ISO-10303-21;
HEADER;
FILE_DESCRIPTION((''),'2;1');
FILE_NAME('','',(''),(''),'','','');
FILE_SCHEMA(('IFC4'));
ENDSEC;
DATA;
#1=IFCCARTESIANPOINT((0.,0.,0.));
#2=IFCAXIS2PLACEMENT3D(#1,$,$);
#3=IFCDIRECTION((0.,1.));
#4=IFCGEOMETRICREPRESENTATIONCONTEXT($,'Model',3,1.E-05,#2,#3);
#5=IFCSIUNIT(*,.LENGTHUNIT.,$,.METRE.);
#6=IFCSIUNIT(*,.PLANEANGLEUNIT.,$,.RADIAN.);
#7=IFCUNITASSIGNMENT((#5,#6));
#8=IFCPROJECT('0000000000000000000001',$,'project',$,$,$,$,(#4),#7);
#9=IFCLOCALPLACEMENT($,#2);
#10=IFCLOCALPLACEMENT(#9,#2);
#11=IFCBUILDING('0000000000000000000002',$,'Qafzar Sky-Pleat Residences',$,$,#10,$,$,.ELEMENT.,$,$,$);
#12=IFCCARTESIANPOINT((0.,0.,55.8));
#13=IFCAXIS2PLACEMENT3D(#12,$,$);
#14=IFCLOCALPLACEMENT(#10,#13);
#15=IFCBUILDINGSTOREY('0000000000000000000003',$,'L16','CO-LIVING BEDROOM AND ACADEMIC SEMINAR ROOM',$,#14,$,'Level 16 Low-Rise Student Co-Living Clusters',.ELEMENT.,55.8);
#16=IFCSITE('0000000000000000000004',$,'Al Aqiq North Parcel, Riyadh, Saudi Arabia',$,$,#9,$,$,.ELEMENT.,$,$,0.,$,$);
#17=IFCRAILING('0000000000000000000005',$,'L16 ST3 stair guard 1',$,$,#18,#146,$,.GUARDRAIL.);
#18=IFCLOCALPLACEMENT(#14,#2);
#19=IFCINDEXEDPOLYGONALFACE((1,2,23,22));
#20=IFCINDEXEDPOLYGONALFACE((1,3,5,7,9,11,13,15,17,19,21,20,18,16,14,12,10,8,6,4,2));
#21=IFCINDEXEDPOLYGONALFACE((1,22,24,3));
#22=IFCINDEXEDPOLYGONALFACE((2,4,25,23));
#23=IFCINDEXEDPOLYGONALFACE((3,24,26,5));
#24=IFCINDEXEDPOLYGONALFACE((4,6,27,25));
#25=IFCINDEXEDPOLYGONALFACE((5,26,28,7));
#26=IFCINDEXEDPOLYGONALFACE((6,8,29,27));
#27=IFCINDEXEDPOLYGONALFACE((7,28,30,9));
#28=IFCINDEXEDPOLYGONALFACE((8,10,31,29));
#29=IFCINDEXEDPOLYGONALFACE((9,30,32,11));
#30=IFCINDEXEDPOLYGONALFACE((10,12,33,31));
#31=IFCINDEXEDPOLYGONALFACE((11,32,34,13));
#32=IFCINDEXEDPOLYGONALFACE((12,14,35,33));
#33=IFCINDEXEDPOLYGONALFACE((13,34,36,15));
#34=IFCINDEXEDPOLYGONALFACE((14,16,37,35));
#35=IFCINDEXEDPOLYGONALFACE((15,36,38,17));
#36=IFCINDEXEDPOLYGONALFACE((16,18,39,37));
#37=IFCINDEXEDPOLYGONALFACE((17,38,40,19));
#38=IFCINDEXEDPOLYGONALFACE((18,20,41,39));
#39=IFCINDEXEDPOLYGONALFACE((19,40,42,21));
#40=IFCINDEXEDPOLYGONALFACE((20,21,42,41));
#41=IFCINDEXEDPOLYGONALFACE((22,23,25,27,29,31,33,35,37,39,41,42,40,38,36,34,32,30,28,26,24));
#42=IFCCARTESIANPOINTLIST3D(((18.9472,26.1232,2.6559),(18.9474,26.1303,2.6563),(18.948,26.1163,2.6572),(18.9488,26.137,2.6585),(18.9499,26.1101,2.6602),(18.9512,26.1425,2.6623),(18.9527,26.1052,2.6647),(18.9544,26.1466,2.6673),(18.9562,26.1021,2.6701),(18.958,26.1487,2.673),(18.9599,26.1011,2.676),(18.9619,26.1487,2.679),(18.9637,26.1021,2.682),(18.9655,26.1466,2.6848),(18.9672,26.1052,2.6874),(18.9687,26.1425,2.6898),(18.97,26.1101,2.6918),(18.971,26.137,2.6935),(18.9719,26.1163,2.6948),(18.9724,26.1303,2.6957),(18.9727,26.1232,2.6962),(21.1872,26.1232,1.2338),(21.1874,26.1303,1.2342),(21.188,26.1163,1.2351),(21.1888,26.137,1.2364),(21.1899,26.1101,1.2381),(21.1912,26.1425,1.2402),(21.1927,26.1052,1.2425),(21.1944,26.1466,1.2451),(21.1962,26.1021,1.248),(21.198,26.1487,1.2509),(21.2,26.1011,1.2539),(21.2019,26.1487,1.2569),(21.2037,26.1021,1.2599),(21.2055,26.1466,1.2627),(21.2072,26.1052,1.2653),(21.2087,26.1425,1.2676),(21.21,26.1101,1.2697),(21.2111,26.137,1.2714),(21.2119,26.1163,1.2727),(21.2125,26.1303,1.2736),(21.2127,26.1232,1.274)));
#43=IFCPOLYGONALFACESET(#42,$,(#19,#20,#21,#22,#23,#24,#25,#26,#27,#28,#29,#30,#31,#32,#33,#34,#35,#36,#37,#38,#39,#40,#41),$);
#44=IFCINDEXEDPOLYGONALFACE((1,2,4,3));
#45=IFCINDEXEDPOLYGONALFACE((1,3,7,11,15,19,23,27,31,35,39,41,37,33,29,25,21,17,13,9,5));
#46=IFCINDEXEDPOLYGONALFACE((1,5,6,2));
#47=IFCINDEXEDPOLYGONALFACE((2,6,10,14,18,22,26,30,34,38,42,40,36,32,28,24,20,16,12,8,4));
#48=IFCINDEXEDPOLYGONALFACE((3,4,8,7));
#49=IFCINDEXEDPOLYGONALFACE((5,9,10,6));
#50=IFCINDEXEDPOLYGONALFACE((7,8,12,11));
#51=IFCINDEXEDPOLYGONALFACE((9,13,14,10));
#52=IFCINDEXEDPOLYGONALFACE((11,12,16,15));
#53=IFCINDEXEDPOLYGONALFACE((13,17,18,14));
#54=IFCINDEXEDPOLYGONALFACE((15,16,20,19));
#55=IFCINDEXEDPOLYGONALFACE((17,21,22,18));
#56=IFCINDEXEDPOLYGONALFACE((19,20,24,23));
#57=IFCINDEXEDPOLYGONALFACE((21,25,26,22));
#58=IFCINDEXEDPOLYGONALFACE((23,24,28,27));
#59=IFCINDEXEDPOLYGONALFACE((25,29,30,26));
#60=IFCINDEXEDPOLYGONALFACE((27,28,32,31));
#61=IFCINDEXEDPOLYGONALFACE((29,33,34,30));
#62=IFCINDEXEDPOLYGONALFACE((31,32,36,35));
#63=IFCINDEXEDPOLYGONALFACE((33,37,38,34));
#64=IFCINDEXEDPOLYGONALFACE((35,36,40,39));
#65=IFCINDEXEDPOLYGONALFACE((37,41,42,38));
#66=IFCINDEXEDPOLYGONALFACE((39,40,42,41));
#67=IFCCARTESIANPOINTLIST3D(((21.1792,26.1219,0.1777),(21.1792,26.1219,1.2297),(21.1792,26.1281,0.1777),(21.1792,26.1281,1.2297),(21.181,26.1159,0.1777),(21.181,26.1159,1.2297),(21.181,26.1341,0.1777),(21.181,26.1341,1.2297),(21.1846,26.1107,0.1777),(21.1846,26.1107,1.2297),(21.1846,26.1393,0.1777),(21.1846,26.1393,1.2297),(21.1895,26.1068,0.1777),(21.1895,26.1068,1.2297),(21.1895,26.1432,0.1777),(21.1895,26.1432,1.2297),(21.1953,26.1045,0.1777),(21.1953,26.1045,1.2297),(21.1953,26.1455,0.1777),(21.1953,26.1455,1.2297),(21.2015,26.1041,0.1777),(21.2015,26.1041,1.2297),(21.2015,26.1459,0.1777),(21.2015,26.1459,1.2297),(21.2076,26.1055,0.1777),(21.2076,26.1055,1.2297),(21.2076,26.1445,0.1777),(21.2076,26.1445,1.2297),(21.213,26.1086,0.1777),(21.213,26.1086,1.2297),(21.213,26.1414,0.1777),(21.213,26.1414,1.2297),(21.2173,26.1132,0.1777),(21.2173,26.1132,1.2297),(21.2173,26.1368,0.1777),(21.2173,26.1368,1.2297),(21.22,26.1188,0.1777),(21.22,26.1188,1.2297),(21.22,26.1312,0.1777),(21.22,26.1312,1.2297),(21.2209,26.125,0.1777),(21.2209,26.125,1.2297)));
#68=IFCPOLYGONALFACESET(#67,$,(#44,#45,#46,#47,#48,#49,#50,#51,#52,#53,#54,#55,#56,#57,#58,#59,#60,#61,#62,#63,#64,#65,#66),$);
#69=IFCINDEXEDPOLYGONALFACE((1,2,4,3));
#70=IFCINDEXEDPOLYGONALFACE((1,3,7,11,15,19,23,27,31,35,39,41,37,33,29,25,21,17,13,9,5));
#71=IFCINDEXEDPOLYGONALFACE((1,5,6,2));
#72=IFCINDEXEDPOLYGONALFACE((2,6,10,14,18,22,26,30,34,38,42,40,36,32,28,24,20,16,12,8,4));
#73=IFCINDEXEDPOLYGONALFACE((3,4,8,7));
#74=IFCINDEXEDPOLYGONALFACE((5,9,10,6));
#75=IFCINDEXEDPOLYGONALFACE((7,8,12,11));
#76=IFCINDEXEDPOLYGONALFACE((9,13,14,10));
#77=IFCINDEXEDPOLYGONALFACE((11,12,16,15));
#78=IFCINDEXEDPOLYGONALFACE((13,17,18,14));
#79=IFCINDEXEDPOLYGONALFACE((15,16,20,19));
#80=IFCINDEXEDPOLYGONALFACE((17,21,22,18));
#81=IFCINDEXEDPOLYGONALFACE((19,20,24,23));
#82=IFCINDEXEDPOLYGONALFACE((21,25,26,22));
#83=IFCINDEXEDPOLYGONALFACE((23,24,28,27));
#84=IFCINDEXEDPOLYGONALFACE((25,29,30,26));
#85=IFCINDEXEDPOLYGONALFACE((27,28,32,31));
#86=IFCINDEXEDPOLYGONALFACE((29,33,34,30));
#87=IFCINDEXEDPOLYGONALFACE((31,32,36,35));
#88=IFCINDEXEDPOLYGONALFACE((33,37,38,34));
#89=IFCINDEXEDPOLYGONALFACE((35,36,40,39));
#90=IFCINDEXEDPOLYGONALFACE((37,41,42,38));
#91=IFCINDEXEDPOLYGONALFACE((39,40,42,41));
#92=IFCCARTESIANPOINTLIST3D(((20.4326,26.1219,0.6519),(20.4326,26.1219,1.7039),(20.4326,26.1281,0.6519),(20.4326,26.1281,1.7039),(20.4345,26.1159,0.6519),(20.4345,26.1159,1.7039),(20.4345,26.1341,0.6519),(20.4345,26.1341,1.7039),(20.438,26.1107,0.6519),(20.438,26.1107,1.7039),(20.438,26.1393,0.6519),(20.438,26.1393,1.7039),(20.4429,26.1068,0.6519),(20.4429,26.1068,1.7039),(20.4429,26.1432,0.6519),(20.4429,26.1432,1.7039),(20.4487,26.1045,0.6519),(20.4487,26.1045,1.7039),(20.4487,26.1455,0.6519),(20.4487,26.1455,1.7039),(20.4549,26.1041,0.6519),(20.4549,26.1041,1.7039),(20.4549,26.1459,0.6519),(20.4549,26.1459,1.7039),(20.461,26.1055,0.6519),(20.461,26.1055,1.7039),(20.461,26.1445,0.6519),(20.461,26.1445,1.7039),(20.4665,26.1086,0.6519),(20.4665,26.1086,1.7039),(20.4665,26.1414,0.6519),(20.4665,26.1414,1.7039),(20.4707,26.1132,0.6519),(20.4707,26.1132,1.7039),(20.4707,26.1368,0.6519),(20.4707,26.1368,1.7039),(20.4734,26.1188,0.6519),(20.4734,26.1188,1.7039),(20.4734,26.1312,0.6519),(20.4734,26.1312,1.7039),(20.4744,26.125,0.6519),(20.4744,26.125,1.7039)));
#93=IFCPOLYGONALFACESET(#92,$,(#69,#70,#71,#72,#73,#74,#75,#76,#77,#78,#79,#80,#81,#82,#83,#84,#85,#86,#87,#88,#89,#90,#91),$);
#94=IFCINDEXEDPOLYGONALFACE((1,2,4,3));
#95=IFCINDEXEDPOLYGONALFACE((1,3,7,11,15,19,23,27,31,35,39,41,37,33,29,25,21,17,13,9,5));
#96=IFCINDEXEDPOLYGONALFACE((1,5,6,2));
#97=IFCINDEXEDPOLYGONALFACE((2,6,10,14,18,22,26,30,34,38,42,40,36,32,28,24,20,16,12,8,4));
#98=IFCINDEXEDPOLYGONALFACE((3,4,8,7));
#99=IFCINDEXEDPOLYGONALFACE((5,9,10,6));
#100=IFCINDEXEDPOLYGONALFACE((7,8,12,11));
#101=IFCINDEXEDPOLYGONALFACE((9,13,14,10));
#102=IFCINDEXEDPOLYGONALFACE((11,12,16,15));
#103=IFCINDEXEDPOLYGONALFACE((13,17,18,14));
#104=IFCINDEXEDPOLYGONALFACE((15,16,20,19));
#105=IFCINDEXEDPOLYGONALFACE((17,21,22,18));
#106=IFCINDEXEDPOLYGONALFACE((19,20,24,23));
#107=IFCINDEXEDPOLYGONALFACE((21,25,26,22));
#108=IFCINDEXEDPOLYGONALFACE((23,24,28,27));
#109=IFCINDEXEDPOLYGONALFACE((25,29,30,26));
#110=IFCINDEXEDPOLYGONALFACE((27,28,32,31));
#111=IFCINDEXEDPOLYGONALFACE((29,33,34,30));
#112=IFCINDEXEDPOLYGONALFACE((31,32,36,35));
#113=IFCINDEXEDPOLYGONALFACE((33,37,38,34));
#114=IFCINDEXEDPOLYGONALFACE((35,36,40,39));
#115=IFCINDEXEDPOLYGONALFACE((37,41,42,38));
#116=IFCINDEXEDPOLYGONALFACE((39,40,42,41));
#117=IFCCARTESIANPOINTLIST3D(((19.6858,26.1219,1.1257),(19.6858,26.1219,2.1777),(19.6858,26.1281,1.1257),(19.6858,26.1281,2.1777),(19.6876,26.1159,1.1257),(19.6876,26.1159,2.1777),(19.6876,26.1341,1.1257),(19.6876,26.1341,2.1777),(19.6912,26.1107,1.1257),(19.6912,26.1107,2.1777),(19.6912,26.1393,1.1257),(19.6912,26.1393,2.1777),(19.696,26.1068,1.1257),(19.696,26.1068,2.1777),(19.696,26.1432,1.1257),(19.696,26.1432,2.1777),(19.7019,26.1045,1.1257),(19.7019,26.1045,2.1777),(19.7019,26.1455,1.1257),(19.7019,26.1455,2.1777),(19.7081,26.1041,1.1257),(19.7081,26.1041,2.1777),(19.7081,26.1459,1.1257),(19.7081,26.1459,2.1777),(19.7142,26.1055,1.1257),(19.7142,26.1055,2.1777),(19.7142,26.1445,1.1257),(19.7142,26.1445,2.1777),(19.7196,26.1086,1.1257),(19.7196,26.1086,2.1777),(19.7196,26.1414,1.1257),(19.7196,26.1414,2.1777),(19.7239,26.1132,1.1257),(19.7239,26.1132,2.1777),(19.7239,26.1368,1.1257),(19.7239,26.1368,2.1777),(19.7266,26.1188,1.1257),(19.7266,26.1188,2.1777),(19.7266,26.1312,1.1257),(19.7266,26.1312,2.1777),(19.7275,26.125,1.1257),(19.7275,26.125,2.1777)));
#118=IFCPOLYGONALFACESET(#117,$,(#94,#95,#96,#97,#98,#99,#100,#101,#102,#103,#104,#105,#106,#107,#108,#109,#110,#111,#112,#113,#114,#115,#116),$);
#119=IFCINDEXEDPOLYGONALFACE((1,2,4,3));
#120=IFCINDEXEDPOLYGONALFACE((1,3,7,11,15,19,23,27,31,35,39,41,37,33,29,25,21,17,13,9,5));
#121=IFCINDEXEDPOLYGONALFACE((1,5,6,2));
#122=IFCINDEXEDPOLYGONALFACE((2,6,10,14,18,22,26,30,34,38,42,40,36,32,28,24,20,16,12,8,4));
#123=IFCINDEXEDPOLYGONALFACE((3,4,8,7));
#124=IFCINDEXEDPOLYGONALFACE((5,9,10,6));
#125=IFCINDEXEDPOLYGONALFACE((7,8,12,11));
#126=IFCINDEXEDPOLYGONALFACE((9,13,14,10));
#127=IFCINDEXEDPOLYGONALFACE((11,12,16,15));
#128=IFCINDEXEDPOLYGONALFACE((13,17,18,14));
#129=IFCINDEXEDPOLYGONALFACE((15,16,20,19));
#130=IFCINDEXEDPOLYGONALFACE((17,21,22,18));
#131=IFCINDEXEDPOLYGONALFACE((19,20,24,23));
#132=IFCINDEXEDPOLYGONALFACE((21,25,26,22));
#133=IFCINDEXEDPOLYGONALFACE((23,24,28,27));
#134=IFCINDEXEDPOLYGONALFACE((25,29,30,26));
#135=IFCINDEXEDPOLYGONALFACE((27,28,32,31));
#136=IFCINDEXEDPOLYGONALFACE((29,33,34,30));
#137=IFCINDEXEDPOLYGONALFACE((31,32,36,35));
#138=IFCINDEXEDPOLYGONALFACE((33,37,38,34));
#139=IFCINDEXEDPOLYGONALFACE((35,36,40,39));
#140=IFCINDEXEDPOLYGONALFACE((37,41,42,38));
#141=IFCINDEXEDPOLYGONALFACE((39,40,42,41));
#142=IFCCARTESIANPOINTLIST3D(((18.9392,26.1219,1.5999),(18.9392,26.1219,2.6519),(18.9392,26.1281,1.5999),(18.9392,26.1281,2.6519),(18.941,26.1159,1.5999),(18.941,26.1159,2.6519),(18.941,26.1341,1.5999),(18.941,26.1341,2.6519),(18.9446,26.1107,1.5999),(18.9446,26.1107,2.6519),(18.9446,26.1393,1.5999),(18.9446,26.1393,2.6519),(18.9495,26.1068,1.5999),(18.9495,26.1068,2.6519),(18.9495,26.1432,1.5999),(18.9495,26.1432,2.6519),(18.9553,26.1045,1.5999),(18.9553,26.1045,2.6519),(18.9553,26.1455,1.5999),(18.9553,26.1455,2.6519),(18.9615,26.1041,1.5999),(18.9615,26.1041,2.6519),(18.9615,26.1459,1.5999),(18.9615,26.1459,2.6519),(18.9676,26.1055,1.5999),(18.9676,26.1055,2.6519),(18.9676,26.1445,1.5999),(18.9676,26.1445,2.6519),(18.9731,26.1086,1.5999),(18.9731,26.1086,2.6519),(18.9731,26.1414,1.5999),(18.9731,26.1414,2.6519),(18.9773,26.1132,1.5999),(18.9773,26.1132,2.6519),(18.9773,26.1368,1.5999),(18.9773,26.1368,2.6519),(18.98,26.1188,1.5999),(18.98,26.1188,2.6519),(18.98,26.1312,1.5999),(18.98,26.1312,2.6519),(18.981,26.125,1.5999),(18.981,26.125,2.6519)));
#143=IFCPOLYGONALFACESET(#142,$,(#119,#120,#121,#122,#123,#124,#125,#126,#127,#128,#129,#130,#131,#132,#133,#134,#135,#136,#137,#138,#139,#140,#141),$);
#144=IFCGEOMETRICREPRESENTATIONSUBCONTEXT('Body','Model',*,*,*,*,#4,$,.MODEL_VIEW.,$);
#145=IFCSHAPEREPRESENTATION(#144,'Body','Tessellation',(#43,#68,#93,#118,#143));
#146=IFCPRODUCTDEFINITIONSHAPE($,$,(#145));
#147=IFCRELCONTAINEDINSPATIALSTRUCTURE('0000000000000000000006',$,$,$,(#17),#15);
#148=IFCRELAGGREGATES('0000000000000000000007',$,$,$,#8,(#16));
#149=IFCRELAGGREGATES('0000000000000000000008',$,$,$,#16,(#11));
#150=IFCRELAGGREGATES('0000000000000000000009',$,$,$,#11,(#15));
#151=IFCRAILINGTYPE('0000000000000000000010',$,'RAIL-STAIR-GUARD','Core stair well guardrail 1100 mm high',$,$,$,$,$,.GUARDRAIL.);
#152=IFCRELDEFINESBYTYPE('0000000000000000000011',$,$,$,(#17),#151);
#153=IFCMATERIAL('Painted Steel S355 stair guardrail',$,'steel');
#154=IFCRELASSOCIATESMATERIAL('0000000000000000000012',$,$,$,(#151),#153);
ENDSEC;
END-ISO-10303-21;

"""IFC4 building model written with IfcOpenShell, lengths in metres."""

from ifc_helpers import new_model, si_unit, direction, frame, origin, origin_2d, place, context, subcontext, project, spatial, circle, extrude, source, transform, mapped, material, type_object, element, save


model = new_model("IFC4")

# Units and contexts
model_context = context("Model", 3, precision=1e-05, world=origin(), true_north=direction((0.0, 1.0)))
body_context = subcontext(model_context, "Body", "Model", "MODEL_VIEW")
ifc_project = project(units=[si_unit("LENGTHUNIT", "METRE"), si_unit("PLANEANGLEUNIT", "RADIAN")], contexts=[model_context])

# Site, building, storey
site_placement = place(None, origin())
site = spatial("IfcSite", under=ifc_project, at=site_placement, Name="Al Aqiq North Parcel, Riyadh, Saudi Arabia", CompositionType="ELEMENT", RefElevation=0.0)
building_placement = place(site_placement, origin())
building = spatial("IfcBuilding", under=site, at=building_placement, Name="Qafzar Sky-Pleat Residences", CompositionType="ELEMENT")
storey_placement = place(building_placement, frame((0.0, 0.0, 55.8)))
storey = spatial("IfcBuildingStorey", under=building, at=storey_placement, Name="L16", Description="CO-LIVING BEDROOM AND ACADEMIC SEMINAR ROOM", LongName="Level 16 Low-Rise Student Co-Living Clusters", CompositionType="ELEMENT", Elevation=55.8)

# Railing
ifc_material_1 = material(Name="Painted Steel S355 stair guardrail", Category="steel")
railing_type_1 = type_object("IfcRailingType", Name="RAIL-STAIR-GUARD", Description="Core stair well guardrail 1100 mm high", PredefinedType="GUARDRAIL", material=ifc_material_1)
shared_shape_1 = source(origin(), body_context, "Body", "SweptSolid", [
    extrude(circle(Radius=0.0239, at=origin_2d()), frame((0.0, 0.0, 1.0762), z_axis=(-0.844229, 0.0, 0.535982), x_axis=(0.0, -1.0, 0.0)), (0.0, 0.0, 1.0), 2.6533),
    extrude(circle(Radius=0.021, at=origin_2d()), origin(), (0.0, 0.0, 1.0), 1.052),
    extrude(circle(Radius=0.021, at=origin_2d()), frame((-0.7466, 0.0, 0.4741)), (0.0, 0.0, 1.0), 1.052),
    extrude(circle(Radius=0.021, at=origin_2d()), frame((-1.4934, 0.0, 0.948)), (0.0, 0.0, 1.0), 1.052),
    extrude(circle(Radius=0.021, at=origin_2d()), frame((-2.24, 0.0, 1.4221)), (0.0, 0.0, 1.0), 1.052),
])
railing_1_placement = place(storey_placement, frame((21.2, 26.125, 0.1777)))
element("IfcRailing", 1, at=railing_1_placement, inside=storey, type_object=railing_type_1, Name="L16 ST3 stair guard 1", PredefinedType="GUARDRAIL", context=body_context, shape_type="MappedRepresentation", body=[
    mapped(shared_shape_1, transform((0.0, 0.0, 0.0), x_axis=(1.0, 0.0, 0.0), y_axis=(0.0, 1.0, 0.0), z_axis=(0.0, 0.0, 1.0), scale=1.0)),
])

save(model, "model.ifc")
